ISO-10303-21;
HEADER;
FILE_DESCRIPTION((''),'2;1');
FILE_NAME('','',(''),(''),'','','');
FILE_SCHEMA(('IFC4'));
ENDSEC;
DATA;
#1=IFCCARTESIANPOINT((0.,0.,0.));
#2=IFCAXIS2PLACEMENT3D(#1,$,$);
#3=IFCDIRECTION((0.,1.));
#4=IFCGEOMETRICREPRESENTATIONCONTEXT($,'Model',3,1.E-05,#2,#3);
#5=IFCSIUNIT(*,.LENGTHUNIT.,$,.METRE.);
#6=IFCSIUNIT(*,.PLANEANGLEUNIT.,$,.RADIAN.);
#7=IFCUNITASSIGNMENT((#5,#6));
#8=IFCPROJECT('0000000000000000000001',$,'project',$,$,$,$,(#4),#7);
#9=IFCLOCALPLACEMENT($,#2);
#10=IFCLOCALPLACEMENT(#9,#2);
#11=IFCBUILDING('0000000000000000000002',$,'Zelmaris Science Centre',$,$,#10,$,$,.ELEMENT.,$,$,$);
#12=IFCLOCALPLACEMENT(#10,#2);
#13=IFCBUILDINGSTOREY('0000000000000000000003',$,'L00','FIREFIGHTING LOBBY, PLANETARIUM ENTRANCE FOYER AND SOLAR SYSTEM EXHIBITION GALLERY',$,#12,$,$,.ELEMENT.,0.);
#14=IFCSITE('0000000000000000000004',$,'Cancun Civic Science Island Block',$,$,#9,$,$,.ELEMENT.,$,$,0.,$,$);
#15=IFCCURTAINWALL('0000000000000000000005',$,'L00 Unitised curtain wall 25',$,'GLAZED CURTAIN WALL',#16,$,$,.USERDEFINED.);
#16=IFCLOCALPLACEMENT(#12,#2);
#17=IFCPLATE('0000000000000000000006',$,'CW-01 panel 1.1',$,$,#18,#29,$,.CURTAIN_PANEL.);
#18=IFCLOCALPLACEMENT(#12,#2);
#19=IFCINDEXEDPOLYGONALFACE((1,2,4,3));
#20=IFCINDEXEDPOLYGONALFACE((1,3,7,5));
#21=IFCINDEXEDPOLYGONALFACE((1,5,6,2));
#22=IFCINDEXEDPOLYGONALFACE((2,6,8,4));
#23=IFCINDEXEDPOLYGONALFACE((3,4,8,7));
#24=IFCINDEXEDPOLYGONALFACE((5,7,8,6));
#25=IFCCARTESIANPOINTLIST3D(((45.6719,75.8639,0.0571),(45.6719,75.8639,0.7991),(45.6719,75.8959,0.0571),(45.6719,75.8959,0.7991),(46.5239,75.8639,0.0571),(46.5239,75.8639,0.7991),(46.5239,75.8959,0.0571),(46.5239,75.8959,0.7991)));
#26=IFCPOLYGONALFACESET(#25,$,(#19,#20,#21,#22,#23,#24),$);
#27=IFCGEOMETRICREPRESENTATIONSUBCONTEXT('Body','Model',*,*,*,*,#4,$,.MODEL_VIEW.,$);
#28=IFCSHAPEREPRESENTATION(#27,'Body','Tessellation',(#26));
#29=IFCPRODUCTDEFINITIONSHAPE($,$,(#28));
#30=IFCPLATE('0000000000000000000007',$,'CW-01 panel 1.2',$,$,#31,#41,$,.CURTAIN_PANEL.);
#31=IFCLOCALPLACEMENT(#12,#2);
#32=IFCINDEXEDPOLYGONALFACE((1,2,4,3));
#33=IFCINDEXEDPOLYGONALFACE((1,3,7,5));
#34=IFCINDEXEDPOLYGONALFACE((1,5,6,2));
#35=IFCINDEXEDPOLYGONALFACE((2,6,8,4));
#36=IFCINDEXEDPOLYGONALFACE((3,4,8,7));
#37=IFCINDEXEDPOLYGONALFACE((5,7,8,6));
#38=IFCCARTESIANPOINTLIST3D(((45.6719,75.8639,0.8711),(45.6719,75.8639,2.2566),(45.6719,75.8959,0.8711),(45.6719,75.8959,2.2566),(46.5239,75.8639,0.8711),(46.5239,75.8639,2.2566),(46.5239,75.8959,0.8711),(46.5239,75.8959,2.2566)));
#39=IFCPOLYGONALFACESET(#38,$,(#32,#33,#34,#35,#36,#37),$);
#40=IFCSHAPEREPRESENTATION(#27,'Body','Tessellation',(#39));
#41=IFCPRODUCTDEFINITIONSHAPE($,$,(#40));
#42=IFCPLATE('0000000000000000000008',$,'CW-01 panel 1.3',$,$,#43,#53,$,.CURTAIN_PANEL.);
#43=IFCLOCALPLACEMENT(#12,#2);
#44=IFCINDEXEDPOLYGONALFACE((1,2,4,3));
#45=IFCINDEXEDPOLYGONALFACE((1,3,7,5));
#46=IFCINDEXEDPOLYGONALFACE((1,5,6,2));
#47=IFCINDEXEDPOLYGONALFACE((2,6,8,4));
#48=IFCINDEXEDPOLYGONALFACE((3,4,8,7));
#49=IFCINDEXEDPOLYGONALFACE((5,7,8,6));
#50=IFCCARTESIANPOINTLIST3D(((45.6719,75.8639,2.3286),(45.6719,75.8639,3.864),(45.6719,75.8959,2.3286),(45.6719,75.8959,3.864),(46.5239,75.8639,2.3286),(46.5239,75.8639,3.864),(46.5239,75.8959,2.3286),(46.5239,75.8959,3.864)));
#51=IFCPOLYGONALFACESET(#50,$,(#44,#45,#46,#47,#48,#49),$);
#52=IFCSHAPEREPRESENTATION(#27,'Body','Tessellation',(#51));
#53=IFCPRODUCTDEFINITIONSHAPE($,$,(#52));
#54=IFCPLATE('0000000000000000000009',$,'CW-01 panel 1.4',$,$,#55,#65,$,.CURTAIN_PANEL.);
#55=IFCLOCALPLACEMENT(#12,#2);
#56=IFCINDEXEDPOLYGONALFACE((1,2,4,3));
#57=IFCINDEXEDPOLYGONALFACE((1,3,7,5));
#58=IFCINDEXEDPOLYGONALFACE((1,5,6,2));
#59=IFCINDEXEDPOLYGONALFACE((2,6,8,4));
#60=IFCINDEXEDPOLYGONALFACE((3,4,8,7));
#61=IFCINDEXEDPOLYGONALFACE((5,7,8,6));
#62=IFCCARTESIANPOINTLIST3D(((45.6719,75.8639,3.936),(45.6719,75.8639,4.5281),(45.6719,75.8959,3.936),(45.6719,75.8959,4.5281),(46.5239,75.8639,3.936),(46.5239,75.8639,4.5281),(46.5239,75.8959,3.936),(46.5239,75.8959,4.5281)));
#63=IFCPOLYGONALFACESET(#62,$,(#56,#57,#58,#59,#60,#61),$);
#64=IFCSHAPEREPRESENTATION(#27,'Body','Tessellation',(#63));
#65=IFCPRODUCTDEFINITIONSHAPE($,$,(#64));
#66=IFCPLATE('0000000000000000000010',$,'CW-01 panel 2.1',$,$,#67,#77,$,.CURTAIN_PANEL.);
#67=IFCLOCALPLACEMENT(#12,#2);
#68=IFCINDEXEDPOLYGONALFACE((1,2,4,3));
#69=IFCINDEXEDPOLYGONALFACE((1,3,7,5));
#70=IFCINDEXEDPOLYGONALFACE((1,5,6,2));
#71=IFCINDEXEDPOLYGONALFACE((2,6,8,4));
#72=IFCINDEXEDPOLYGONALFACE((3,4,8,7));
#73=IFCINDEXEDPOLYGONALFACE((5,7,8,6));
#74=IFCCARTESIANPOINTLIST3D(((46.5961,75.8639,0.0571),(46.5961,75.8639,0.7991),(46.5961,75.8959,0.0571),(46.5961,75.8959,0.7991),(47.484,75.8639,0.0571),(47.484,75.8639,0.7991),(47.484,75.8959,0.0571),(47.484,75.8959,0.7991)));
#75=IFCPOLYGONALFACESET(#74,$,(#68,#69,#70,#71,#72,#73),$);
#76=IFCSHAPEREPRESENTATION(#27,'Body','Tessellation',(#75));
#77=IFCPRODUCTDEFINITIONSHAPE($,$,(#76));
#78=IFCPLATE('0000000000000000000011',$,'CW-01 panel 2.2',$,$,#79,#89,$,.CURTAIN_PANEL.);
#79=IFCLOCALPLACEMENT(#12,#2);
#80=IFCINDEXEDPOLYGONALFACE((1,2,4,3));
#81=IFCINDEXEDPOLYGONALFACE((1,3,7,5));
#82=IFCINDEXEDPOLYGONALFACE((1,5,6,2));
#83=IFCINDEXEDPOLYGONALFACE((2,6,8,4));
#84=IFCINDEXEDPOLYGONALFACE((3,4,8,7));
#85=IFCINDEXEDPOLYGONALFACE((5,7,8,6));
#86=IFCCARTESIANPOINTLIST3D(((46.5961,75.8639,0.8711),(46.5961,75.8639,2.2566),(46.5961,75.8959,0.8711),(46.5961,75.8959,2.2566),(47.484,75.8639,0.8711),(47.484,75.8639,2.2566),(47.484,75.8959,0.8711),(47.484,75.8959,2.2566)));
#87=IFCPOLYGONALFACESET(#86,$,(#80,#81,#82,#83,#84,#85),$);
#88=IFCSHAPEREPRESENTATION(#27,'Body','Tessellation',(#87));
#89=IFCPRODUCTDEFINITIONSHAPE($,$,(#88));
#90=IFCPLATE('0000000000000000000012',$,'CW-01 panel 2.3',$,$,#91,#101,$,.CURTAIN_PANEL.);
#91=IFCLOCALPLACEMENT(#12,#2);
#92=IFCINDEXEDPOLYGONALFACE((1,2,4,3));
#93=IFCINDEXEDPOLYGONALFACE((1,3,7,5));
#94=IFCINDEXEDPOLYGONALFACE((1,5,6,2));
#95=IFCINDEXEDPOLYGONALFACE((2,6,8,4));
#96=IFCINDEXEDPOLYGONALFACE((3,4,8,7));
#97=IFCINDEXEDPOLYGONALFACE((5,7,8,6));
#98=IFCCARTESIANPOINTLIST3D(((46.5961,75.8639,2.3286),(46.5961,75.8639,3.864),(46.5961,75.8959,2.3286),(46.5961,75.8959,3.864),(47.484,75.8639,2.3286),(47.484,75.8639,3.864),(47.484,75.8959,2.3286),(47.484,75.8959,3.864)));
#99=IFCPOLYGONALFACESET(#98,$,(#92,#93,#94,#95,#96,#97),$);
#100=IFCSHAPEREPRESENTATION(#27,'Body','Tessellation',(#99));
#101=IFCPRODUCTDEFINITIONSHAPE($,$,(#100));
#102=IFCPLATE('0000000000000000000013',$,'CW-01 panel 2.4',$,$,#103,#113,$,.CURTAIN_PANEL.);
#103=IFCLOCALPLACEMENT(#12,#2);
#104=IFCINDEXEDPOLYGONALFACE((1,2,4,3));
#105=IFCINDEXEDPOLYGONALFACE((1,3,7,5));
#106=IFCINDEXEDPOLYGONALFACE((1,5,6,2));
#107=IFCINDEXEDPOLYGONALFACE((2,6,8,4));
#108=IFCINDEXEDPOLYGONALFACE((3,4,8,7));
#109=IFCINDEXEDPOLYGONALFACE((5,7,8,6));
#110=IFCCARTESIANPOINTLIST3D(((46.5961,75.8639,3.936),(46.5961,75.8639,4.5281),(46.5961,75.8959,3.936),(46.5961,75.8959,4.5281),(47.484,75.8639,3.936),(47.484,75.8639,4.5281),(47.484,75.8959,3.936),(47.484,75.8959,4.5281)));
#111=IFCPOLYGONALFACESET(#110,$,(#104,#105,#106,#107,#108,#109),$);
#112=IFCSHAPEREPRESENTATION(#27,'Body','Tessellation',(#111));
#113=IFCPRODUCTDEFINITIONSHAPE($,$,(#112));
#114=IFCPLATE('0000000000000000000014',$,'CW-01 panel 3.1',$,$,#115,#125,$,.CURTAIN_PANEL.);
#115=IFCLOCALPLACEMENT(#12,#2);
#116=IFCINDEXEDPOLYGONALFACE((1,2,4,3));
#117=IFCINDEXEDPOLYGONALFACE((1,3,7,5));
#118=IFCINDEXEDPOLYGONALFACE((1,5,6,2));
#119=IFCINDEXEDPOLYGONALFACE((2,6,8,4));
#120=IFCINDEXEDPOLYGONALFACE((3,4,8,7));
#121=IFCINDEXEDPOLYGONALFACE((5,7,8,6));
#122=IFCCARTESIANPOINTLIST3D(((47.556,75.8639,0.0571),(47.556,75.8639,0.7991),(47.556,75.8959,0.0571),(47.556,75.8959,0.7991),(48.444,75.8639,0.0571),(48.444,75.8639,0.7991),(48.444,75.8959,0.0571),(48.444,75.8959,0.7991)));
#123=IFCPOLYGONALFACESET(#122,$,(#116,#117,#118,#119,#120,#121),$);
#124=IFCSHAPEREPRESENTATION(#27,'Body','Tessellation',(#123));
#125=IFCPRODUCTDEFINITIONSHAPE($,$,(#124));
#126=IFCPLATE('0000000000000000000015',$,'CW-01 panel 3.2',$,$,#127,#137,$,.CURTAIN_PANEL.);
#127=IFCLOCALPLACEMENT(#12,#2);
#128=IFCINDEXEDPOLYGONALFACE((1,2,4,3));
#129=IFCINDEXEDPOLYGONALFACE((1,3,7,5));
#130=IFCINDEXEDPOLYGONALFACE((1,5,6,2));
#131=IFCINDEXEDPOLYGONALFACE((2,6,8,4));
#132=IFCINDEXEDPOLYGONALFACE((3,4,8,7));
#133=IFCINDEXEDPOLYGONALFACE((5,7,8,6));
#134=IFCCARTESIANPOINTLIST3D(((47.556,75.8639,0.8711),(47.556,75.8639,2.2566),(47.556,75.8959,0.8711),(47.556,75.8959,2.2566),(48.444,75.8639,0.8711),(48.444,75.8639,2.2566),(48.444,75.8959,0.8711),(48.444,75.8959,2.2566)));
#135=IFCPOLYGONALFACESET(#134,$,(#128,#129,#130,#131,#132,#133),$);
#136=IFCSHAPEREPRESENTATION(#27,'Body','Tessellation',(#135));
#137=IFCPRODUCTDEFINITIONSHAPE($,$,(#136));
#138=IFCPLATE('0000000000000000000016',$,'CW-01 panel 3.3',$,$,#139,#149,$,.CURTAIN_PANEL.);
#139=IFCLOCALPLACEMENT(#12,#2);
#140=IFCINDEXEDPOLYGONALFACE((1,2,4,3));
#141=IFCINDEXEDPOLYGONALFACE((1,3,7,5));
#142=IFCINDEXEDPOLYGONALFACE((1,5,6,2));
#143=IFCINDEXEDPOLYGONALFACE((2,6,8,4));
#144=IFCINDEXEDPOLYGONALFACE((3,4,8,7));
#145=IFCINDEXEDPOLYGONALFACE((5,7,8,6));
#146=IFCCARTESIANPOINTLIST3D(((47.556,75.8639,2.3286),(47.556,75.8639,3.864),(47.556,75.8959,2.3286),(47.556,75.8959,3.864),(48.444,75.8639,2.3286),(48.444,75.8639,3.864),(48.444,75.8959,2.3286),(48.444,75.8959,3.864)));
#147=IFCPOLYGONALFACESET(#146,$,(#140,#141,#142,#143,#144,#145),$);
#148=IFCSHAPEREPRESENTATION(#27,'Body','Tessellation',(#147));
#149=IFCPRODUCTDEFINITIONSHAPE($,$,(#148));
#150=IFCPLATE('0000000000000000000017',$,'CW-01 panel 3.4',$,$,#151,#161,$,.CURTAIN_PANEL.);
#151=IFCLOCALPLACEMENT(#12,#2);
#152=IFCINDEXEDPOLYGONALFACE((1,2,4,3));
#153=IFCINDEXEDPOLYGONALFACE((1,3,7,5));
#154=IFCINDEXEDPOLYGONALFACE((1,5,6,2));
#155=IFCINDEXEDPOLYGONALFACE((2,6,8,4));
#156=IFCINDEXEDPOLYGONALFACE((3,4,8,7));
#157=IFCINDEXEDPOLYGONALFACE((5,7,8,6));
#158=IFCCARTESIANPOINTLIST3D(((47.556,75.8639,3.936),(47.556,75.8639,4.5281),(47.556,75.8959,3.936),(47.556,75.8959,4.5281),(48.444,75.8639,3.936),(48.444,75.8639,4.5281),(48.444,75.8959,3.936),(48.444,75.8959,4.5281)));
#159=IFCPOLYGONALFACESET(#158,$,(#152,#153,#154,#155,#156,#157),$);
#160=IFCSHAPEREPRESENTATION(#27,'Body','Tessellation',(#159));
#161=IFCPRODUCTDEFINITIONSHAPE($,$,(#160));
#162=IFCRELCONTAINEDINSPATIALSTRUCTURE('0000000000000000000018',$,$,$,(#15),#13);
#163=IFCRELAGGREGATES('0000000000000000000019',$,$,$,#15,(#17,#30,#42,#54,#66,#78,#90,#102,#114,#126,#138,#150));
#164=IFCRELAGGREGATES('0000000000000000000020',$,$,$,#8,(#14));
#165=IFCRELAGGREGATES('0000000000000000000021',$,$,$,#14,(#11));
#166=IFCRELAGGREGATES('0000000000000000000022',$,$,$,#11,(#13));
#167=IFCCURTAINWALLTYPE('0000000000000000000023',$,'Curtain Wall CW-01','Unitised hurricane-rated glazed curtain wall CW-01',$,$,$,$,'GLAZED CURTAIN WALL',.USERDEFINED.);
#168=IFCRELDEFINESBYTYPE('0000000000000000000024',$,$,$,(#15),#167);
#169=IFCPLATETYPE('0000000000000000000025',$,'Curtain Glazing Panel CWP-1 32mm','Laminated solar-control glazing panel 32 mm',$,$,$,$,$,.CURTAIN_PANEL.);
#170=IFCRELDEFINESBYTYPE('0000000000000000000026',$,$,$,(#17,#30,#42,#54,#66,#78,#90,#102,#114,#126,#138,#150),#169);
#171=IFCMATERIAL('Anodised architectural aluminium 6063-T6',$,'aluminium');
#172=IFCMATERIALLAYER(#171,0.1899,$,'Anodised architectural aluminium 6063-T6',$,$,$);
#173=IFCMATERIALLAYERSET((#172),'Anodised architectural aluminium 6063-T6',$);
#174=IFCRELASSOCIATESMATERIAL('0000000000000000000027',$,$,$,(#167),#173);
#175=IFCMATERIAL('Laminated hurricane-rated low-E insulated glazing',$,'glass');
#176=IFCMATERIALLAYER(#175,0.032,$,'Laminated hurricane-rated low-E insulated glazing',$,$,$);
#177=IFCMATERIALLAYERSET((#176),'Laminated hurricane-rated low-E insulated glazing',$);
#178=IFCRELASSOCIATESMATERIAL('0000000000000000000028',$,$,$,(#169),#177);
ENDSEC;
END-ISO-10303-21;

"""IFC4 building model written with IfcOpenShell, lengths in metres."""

from ifc_helpers import new_model, si_unit, direction, frame, origin, origin_2d, place, context, subcontext, project, spatial, rectangle, extrude, material, layer, layer_set, type_object, element, aggregate, save


model = new_model("IFC4")

# Units and contexts
model_context = context("Model", 3, precision=1e-05, world=origin(), true_north=direction((0.0, 1.0)))
body_context = subcontext(model_context, "Body", "Model", "MODEL_VIEW")
ifc_project = project(units=[si_unit("LENGTHUNIT", "METRE"), si_unit("PLANEANGLEUNIT", "RADIAN")], contexts=[model_context])

# Site, building, storey
site_placement = place(None, origin())
site = spatial("IfcSite", under=ifc_project, at=site_placement, Name="Cancun Civic Science Island Block", CompositionType="ELEMENT", RefElevation=0.0)
building_placement = place(site_placement, origin())
building = spatial("IfcBuilding", under=site, at=building_placement, Name="Zelmaris Science Centre", CompositionType="ELEMENT")
storey_placement = place(building_placement, origin())
storey = spatial("IfcBuildingStorey", under=building, at=storey_placement, Name="L00", Description="FIREFIGHTING LOBBY, PLANETARIUM ENTRANCE FOYER AND SOLAR SYSTEM EXHIBITION GALLERY", CompositionType="ELEMENT", Elevation=0.0)

# Curtain wall, plates
ifc_material_1 = material(Name="Anodised architectural aluminium 6063-T6", Category="aluminium")
ifc_layer_1 = layer(ifc_material_1, 0.1899, Name="Anodised architectural aluminium 6063-T6")
ifc_layer_set_1 = layer_set([ifc_layer_1], Name="Anodised architectural aluminium 6063-T6")
curtain_wall_type = type_object("IfcCurtainWallType", Name="Curtain Wall CW-01", Description="Unitised hurricane-rated glazed curtain wall CW-01", ElementType="GLAZED CURTAIN WALL", PredefinedType="USERDEFINED", material=ifc_layer_set_1)
curtain_wall_placement = place(storey_placement, origin())
curtain_wall = element("IfcCurtainWall", 1, at=curtain_wall_placement, inside=storey, type_object=curtain_wall_type, Name="L00 Unitised curtain wall 25", ObjectType="GLAZED CURTAIN WALL", PredefinedType="USERDEFINED")
ifc_material_2 = material(Name="Laminated hurricane-rated low-E insulated glazing", Category="glass")
ifc_layer_2 = layer(ifc_material_2, 0.032, Name="Laminated hurricane-rated low-E insulated glazing")
ifc_layer_set_2 = layer_set([ifc_layer_2], Name="Laminated hurricane-rated low-E insulated glazing")
plate_type = type_object("IfcPlateType", Name="Curtain Glazing Panel CWP-1 32mm", Description="Laminated solar-control glazing panel 32 mm", PredefinedType="CURTAIN_PANEL", material=ifc_layer_set_2)
plate_1_placement = place(storey_placement, frame((46.0979, 75.8799, 0.0571), z_axis=(0.0, 0.0, 1.0), x_axis=(1.0, 0.0, 0.0)))
plate_1 = element("IfcPlate", 2, at=plate_1_placement, type_object=plate_type, Name="CW-01 panel 1.1", PredefinedType="CURTAIN_PANEL", context=body_context, shape_type="SweptSolid", body=[
    extrude(rectangle(XDim=0.8521, YDim=0.032, at=origin_2d()), origin(), (0.0, 0.0, 1.0), 0.7419),
])
plate_2_placement = place(storey_placement, frame((46.0979, 75.8799, 0.8711), z_axis=(0.0, 0.0, 1.0), x_axis=(1.0, 0.0, 0.0)))
plate_2 = element("IfcPlate", 3, at=plate_2_placement, type_object=plate_type, Name="CW-01 panel 1.2", PredefinedType="CURTAIN_PANEL", context=body_context, shape_type="SweptSolid", body=[
    extrude(rectangle(XDim=0.8521, YDim=0.032, at=origin_2d()), origin(), (0.0, 0.0, 1.0), 1.3855),
])
plate_3_placement = place(storey_placement, frame((46.0979, 75.8799, 2.3286), z_axis=(0.0, 0.0, 1.0), x_axis=(1.0, 0.0, 0.0)))
plate_3 = element("IfcPlate", 4, at=plate_3_placement, type_object=plate_type, Name="CW-01 panel 1.3", PredefinedType="CURTAIN_PANEL", context=body_context, shape_type="SweptSolid", body=[
    extrude(rectangle(XDim=0.8521, YDim=0.032, at=origin_2d()), origin(), (0.0, 0.0, 1.0), 1.5354),
])
plate_4_placement = place(storey_placement, frame((46.0979, 75.8799, 3.936), z_axis=(0.0, 0.0, 1.0), x_axis=(1.0, 0.0, 0.0)))
plate_4 = element("IfcPlate", 5, at=plate_4_placement, type_object=plate_type, Name="CW-01 panel 1.4", PredefinedType="CURTAIN_PANEL", context=body_context, shape_type="SweptSolid", body=[
    extrude(rectangle(XDim=0.8521, YDim=0.032, at=origin_2d()), origin(), (0.0, 0.0, 1.0), 0.592),
])
plate_5_placement = place(storey_placement, frame((47.04, 75.8799, 0.0571), z_axis=(0.0, 0.0, 1.0), x_axis=(1.0, 0.0, 0.0)))
plate_5 = element("IfcPlate", 6, at=plate_5_placement, type_object=plate_type, Name="CW-01 panel 2.1", PredefinedType="CURTAIN_PANEL", context=body_context, shape_type="SweptSolid", body=[
    extrude(rectangle(XDim=0.8879, YDim=0.032, at=origin_2d()), origin(), (0.0, 0.0, 1.0), 0.7419),
])
plate_6_placement = place(storey_placement, frame((47.04, 75.8799, 0.8711), z_axis=(0.0, 0.0, 1.0), x_axis=(1.0, 0.0, 0.0)))
plate_6 = element("IfcPlate", 7, at=plate_6_placement, type_object=plate_type, Name="CW-01 panel 2.2", PredefinedType="CURTAIN_PANEL", context=body_context, shape_type="SweptSolid", body=[
    extrude(rectangle(XDim=0.8879, YDim=0.032, at=origin_2d()), origin(), (0.0, 0.0, 1.0), 1.3855),
])
plate_7_placement = place(storey_placement, frame((47.04, 75.8799, 2.3286), z_axis=(0.0, 0.0, 1.0), x_axis=(1.0, 0.0, 0.0)))
plate_7 = element("IfcPlate", 8, at=plate_7_placement, type_object=plate_type, Name="CW-01 panel 2.3", PredefinedType="CURTAIN_PANEL", context=body_context, shape_type="SweptSolid", body=[
    extrude(rectangle(XDim=0.8879, YDim=0.032, at=origin_2d()), origin(), (0.0, 0.0, 1.0), 1.5354),
])
plate_8_placement = place(storey_placement, frame((47.04, 75.8799, 3.936), z_axis=(0.0, 0.0, 1.0), x_axis=(1.0, 0.0, 0.0)))
plate_8 = element("IfcPlate", 9, at=plate_8_placement, type_object=plate_type, Name="CW-01 panel 2.4", PredefinedType="CURTAIN_PANEL", context=body_context, shape_type="SweptSolid", body=[
    extrude(rectangle(XDim=0.8879, YDim=0.032, at=origin_2d()), origin(), (0.0, 0.0, 1.0), 0.592),
])
plate_9_placement = place(storey_placement, frame((48.0, 75.8799, 0.0571), z_axis=(0.0, 0.0, 1.0), x_axis=(1.0, 0.0, 0.0)))
plate_9 = element("IfcPlate", 10, at=plate_9_placement, type_object=plate_type, Name="CW-01 panel 3.1", PredefinedType="CURTAIN_PANEL", context=body_context, shape_type="SweptSolid", body=[
    extrude(rectangle(XDim=0.8879, YDim=0.032, at=origin_2d()), origin(), (0.0, 0.0, 1.0), 0.7419),
])
plate_10_placement = place(storey_placement, frame((48.0, 75.8799, 0.8711), z_axis=(0.0, 0.0, 1.0), x_axis=(1.0, 0.0, 0.0)))
plate_10 = element("IfcPlate", 11, at=plate_10_placement, type_object=plate_type, Name="CW-01 panel 3.2", PredefinedType="CURTAIN_PANEL", context=body_context, shape_type="SweptSolid", body=[
    extrude(rectangle(XDim=0.8879, YDim=0.032, at=origin_2d()), origin(), (0.0, 0.0, 1.0), 1.3855),
])
plate_11_placement = place(storey_placement, frame((48.0, 75.8799, 2.3286), z_axis=(0.0, 0.0, 1.0), x_axis=(1.0, 0.0, 0.0)))
plate_11 = element("IfcPlate", 12, at=plate_11_placement, type_object=plate_type, Name="CW-01 panel 3.3", PredefinedType="CURTAIN_PANEL", context=body_context, shape_type="SweptSolid", body=[
    extrude(rectangle(XDim=0.8879, YDim=0.032, at=origin_2d()), origin(), (0.0, 0.0, 1.0), 1.5354),
])
plate_12_placement = place(storey_placement, frame((48.0, 75.8799, 3.936), z_axis=(0.0, 0.0, 1.0), x_axis=(1.0, 0.0, 0.0)))
plate_12 = element("IfcPlate", 13, at=plate_12_placement, type_object=plate_type, Name="CW-01 panel 3.4", PredefinedType="CURTAIN_PANEL", context=body_context, shape_type="SweptSolid", body=[
    extrude(rectangle(XDim=0.8879, YDim=0.032, at=origin_2d()), origin(), (0.0, 0.0, 1.0), 0.592),
])
aggregate(curtain_wall, [plate_1, plate_2, plate_3, plate_4, plate_5, plate_6, plate_7, plate_8, plate_9, plate_10, plate_11, plate_12])

save(model, "model.ifc")
